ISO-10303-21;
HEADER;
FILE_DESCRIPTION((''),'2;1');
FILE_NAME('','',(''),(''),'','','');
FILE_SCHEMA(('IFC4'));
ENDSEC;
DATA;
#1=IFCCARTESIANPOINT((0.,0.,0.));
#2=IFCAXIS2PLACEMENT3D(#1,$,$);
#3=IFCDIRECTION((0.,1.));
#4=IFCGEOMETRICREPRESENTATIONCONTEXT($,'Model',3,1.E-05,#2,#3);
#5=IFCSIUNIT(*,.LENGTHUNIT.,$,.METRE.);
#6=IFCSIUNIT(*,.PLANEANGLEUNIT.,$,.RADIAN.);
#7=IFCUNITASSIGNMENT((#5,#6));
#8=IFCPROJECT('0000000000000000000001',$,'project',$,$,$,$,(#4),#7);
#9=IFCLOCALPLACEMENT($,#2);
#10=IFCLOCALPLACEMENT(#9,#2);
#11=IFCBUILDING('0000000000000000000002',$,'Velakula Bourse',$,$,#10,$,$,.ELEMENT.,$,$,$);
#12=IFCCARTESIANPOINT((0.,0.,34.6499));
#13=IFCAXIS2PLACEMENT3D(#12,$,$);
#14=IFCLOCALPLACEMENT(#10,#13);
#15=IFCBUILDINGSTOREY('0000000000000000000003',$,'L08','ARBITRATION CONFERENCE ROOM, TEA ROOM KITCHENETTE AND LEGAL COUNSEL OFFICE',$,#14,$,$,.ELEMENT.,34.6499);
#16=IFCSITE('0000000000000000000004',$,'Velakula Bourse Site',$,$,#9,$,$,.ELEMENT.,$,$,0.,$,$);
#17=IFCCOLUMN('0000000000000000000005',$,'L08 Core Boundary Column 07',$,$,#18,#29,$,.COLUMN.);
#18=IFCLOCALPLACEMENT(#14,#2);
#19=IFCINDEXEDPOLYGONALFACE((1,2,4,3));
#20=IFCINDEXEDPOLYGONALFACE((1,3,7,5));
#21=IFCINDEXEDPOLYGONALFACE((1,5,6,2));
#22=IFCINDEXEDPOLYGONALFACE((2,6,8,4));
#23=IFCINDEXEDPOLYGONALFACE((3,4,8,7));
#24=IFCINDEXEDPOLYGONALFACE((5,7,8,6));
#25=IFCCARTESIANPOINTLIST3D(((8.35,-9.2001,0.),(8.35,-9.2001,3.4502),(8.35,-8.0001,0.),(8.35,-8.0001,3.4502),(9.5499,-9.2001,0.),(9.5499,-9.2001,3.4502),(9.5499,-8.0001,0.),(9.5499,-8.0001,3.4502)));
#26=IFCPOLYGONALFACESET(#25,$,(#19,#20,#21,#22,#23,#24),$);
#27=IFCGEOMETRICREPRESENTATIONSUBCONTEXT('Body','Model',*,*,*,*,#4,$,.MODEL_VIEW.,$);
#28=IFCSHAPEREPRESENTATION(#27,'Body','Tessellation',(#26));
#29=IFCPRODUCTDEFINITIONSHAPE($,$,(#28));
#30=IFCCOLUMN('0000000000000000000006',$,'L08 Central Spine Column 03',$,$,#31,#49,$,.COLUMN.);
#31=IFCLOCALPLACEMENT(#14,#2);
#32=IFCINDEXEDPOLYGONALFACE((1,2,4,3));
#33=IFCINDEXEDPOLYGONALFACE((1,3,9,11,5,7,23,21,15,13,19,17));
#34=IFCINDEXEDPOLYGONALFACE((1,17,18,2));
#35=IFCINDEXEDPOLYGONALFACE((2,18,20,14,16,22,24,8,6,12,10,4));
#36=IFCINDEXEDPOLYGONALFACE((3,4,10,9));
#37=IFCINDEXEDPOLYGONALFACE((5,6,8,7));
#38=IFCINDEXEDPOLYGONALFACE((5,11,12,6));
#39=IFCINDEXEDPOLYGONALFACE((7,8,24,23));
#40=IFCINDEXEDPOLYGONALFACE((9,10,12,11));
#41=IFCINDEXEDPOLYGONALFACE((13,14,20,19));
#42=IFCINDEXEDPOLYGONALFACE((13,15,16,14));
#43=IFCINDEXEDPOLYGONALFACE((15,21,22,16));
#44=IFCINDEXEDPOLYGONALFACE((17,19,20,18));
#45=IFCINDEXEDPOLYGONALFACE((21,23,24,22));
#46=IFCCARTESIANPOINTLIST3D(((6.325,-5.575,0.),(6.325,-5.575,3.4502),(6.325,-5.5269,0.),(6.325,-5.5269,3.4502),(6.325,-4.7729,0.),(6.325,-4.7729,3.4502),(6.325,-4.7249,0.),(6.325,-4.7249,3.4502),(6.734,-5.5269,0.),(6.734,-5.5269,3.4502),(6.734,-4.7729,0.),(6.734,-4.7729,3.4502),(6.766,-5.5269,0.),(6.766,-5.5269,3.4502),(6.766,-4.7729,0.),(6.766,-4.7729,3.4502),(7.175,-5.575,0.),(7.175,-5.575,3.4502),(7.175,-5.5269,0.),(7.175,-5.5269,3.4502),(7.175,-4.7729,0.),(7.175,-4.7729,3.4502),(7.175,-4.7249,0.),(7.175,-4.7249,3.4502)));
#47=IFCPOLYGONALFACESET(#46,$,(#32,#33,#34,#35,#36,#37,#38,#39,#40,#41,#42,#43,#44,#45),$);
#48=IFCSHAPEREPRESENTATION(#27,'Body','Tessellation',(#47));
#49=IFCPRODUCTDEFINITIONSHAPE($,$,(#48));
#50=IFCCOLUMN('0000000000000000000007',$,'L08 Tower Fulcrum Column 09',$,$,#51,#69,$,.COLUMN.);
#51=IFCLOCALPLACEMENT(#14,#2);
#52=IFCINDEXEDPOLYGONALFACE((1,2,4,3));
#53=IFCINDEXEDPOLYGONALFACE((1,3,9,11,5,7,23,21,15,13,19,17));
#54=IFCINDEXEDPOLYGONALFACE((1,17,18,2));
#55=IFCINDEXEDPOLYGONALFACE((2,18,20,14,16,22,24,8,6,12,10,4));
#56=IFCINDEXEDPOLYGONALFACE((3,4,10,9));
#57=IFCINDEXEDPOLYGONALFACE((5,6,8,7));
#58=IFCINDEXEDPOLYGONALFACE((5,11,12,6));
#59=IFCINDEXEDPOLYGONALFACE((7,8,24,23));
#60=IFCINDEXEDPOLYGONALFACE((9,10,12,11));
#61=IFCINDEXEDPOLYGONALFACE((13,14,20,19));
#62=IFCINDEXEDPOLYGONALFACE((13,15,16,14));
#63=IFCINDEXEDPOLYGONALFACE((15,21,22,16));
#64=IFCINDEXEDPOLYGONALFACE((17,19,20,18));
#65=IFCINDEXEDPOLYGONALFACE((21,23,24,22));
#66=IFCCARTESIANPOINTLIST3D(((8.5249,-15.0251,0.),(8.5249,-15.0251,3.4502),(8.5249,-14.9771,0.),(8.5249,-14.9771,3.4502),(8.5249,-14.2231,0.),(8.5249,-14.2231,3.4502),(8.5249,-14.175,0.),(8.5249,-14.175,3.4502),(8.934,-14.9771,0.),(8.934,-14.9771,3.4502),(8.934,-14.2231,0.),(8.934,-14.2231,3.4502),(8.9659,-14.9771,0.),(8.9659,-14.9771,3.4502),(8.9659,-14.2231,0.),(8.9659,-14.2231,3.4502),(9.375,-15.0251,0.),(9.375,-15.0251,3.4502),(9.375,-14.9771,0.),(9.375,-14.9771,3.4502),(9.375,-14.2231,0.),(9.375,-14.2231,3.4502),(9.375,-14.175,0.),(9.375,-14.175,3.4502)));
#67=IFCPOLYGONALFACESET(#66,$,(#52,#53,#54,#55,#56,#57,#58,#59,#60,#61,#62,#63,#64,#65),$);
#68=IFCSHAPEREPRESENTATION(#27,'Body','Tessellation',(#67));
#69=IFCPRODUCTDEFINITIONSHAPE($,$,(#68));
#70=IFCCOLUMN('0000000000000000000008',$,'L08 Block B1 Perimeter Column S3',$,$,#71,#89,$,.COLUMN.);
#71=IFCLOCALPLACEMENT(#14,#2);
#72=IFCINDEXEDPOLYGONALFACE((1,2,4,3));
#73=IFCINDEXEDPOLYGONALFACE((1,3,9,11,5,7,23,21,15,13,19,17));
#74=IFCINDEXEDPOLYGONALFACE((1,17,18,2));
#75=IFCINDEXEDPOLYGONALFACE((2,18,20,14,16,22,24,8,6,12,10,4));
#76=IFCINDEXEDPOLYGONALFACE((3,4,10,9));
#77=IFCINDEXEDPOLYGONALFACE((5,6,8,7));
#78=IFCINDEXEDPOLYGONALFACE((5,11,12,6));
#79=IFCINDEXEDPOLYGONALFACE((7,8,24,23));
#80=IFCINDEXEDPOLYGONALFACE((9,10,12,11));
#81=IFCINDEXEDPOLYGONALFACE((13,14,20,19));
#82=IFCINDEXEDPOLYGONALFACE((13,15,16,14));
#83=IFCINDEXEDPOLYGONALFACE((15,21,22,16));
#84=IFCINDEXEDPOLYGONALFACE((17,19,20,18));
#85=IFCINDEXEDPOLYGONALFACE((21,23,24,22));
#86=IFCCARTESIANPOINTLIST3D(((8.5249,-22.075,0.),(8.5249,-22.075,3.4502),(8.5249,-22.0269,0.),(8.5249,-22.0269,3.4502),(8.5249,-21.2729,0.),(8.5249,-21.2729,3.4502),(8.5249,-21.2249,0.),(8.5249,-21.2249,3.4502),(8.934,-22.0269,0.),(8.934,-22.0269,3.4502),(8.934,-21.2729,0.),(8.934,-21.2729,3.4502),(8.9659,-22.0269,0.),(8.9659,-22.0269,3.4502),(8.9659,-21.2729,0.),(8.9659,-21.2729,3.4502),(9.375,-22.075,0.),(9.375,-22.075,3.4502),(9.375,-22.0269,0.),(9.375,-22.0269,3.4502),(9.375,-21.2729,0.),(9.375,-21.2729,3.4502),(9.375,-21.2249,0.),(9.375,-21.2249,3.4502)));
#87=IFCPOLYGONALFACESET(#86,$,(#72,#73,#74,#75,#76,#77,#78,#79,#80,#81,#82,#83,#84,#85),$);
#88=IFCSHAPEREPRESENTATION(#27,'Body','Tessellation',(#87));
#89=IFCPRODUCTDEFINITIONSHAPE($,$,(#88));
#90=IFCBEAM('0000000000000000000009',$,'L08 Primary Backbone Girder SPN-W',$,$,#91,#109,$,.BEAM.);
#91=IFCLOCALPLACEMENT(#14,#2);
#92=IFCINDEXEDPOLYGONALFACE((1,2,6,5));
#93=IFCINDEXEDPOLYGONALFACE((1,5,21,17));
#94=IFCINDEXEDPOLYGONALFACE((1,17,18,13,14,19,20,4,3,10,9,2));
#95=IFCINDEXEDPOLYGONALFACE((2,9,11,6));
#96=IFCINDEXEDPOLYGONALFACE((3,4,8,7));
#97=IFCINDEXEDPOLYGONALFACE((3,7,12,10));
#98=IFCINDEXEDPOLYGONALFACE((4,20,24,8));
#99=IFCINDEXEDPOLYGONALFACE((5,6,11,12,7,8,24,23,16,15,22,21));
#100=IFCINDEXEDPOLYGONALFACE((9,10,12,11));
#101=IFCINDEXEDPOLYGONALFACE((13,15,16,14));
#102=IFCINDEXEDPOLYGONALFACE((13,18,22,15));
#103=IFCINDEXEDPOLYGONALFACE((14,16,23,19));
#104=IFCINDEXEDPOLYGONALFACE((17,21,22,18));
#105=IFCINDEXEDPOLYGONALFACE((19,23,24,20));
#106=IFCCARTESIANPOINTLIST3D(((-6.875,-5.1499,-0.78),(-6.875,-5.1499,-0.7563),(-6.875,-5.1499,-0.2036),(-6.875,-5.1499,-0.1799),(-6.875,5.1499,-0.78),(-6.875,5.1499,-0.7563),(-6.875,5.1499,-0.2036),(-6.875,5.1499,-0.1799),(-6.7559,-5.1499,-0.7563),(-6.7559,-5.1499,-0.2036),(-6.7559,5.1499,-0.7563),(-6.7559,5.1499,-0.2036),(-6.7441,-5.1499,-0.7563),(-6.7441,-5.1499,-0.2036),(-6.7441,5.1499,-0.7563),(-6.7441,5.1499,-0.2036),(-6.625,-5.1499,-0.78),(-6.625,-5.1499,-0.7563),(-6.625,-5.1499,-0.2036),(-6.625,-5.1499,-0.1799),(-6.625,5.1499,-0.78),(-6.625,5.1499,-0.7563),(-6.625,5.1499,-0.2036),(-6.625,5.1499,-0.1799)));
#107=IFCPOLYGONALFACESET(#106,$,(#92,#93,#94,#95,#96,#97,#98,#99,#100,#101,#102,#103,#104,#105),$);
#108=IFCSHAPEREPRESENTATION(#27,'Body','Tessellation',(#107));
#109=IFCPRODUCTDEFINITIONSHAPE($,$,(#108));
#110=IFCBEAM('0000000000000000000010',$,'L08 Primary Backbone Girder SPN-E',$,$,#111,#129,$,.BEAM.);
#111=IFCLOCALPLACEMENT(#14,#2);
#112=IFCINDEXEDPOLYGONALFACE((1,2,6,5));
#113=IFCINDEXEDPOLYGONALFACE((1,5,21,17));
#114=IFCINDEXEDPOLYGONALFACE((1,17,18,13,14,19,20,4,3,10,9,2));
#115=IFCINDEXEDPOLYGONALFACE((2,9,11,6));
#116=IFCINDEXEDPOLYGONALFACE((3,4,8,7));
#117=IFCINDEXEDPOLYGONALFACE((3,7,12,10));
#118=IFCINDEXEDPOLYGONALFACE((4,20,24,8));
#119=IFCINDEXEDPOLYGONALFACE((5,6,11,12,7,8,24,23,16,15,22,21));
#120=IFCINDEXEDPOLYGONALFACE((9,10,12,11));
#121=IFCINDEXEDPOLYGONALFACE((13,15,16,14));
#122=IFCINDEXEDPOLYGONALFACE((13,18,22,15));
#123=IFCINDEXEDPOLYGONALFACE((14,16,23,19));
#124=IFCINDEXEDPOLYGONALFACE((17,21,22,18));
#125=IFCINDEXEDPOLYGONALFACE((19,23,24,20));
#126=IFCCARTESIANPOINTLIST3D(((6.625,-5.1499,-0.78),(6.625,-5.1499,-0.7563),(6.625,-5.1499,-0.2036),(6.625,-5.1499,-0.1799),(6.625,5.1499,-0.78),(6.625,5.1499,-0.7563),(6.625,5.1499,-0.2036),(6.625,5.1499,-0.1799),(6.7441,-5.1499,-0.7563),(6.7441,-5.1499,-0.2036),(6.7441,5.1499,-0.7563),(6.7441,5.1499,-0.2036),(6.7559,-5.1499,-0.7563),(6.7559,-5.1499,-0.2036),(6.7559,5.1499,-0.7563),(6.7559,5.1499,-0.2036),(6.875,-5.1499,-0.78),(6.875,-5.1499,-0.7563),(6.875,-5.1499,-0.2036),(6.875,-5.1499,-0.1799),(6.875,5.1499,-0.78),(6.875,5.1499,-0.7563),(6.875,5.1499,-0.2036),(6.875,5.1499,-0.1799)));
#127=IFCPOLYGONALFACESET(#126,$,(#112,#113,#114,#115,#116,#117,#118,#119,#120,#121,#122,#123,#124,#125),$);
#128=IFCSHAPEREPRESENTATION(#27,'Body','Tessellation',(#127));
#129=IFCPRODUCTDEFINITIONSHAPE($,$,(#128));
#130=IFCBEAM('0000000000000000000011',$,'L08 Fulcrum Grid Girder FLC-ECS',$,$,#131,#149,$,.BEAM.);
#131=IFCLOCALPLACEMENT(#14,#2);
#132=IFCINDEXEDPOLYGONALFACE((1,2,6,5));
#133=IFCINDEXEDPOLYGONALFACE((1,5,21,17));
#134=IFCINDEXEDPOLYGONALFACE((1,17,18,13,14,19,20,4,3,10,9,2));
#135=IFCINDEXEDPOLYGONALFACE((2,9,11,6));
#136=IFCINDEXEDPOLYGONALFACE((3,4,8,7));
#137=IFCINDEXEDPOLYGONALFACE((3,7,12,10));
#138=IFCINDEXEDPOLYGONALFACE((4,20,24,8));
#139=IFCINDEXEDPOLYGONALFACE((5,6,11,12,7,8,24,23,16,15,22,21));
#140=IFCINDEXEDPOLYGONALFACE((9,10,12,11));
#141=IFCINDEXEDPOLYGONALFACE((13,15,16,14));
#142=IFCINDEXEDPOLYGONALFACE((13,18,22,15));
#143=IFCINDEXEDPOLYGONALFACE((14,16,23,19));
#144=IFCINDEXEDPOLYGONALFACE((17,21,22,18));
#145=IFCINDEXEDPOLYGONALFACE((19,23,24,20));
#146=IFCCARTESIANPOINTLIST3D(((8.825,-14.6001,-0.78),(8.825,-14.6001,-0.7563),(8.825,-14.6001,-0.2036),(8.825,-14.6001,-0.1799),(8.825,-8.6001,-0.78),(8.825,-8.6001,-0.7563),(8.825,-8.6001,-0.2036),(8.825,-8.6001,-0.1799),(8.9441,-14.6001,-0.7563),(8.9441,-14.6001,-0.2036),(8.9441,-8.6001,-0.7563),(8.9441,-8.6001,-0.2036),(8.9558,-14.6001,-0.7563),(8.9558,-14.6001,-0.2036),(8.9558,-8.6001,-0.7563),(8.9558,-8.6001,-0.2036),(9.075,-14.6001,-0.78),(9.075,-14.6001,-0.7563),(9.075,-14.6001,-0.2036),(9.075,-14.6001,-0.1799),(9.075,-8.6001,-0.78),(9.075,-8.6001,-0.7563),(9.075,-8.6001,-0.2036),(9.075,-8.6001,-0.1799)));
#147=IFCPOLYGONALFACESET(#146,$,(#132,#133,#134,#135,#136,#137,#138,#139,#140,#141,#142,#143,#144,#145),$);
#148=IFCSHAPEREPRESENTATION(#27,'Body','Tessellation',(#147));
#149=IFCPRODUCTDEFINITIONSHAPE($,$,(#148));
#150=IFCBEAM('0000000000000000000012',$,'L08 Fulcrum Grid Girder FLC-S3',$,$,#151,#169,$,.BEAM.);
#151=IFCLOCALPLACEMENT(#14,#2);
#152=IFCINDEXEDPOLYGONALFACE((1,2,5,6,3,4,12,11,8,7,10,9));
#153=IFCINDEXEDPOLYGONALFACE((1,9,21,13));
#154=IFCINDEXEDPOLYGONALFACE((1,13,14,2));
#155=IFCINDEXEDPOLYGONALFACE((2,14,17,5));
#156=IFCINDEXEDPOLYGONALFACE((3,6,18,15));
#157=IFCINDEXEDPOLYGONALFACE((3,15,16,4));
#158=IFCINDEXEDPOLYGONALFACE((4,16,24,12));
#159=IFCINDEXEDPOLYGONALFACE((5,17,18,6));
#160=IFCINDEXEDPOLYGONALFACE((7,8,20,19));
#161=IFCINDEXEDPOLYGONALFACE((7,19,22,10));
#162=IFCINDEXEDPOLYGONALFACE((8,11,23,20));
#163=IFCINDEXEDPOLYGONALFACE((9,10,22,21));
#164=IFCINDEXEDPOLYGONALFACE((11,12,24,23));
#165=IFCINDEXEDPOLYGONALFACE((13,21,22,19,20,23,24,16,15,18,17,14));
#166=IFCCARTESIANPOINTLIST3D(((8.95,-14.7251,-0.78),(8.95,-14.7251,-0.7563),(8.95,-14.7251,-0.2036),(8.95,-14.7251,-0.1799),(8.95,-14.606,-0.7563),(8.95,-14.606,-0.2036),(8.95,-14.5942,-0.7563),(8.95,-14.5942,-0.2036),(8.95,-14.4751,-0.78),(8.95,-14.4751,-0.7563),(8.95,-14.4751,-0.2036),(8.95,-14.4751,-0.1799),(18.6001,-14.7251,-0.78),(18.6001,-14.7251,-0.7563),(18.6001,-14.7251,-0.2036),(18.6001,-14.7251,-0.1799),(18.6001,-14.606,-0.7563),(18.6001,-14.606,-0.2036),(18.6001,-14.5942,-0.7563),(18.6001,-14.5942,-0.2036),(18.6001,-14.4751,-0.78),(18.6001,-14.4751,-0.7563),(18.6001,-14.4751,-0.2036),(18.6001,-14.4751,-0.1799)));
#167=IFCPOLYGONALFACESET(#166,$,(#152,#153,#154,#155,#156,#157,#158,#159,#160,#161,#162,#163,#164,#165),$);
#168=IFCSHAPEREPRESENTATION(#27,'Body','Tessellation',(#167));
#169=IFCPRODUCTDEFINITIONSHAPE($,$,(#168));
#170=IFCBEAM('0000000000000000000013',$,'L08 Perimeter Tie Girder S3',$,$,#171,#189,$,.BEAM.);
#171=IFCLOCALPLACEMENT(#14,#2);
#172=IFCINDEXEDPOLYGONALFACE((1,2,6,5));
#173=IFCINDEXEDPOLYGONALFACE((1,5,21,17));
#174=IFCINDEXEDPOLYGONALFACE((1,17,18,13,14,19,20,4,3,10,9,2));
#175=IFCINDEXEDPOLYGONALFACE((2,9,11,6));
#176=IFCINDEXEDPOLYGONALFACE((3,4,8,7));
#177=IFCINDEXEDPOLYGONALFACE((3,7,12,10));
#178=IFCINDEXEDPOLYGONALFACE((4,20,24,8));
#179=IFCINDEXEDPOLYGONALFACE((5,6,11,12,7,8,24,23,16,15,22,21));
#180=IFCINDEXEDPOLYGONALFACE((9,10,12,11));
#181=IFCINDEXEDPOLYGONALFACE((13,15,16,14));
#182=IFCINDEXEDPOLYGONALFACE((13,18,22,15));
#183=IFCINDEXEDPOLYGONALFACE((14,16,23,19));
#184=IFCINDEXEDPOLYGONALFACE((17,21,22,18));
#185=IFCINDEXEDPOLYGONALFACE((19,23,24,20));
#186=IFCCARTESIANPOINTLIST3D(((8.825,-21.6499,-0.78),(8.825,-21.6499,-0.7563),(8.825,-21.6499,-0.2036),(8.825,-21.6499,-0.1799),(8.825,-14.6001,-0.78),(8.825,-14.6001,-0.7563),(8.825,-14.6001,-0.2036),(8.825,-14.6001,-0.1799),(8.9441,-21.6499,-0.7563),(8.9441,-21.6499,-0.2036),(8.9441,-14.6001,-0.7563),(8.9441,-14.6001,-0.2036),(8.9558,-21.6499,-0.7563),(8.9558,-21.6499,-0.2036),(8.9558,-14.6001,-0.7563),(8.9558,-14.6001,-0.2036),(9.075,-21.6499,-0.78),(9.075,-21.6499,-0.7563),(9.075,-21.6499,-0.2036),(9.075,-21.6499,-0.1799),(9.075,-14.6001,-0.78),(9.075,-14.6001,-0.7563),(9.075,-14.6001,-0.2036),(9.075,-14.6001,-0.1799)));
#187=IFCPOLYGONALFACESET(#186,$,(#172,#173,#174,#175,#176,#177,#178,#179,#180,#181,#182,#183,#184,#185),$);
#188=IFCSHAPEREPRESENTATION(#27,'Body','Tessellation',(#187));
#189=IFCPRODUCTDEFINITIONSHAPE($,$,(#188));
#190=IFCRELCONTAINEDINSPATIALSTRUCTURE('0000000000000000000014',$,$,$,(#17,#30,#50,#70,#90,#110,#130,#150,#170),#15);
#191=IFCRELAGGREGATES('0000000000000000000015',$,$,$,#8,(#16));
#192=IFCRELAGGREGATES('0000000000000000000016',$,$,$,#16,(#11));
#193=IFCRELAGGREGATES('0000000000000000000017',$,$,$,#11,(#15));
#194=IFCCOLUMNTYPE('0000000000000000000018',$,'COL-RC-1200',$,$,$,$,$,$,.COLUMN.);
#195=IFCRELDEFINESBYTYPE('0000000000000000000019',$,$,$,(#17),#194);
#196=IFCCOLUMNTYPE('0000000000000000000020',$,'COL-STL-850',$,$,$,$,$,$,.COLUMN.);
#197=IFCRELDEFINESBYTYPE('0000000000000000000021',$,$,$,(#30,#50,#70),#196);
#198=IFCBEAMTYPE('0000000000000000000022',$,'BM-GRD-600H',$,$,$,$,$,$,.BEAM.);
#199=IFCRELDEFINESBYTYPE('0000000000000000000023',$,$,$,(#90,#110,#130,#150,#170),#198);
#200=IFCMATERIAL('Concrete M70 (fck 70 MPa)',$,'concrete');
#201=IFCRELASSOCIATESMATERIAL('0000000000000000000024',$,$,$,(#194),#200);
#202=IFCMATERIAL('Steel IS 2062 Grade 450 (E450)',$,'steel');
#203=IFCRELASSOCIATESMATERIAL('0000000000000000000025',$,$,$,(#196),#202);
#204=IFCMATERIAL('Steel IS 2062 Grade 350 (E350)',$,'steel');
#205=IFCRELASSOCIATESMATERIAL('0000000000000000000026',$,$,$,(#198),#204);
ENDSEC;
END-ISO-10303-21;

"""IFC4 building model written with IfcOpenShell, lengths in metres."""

from ifc_helpers import new_model, si_unit, direction, frame, origin, origin_2d, place, context, subcontext, project, spatial, rectangle, i_section, extrude, material, material_profile, profile_set, type_object, element, save


model = new_model("IFC4")

# Units and contexts
model_context = context("Model", 3, precision=1e-05, world=origin(), true_north=direction((0.0, 1.0)))
body_context = subcontext(model_context, "Body", "Model", "MODEL_VIEW")
ifc_project = project(units=[si_unit("LENGTHUNIT", "METRE"), si_unit("PLANEANGLEUNIT", "RADIAN")], contexts=[model_context])

# Site, building, storey
site_placement = place(None, origin())
site = spatial("IfcSite", under=ifc_project, at=site_placement, Name="Velakula Bourse Site", CompositionType="ELEMENT", RefElevation=0.0)
building_placement = place(site_placement, origin())
building = spatial("IfcBuilding", under=site, at=building_placement, Name="Velakula Bourse", CompositionType="ELEMENT")
storey_placement = place(building_placement, frame((0.0, 0.0, 34.6499)))
storey = spatial("IfcBuildingStorey", under=building, at=storey_placement, Name="L08", Description="ARBITRATION CONFERENCE ROOM, TEA ROOM KITCHENETTE AND LEGAL COUNSEL OFFICE", CompositionType="ELEMENT", Elevation=34.6499)

# Columns
ifc_material_1 = material(Name="Concrete M70 (fck 70 MPa)", Category="concrete")
ifc_material_profile_1 = material_profile(ifc_material_1, rectangle(XDim=1.2, YDim=1.2, at=origin_2d()), Name="Concrete M70 (fck 70 MPa)")
ifc_profile_set_1 = profile_set([ifc_material_profile_1], Name="Concrete M70 (fck 70 MPa)")
column_type_1 = type_object("IfcColumnType", Name="COL-RC-1200", PredefinedType="COLUMN", material=ifc_profile_set_1)
column_placement = place(storey_placement, frame((8.95, -8.6001, 0.0), z_axis=(0.0, 0.0, 1.0), x_axis=(1.0, 0.0, 0.0)))
element("IfcColumn", 1, at=column_placement, inside=storey, type_object=column_type_1, Name="L08 Core Boundary Column 07", PredefinedType="COLUMN", context=body_context, shape_type="SweptSolid", body=[
    extrude(rectangle(XDim=1.2, YDim=1.2, at=origin_2d()), origin(), (0.0, 0.0, 1.0), 3.4502),
])
ifc_material_2 = material(Name="Steel IS 2062 Grade 450 (E450)", Category="steel")
ifc_material_profile_2 = material_profile(ifc_material_2, i_section(OverallWidth=0.8501, OverallDepth=0.8501, WebThickness=0.032, FlangeThickness=0.0481, at=origin_2d()), Name="Steel IS 2062 Grade 450 (E450)")
ifc_profile_set_2 = profile_set([ifc_material_profile_2], Name="Steel IS 2062 Grade 450 (E450)")
column_type_2 = type_object("IfcColumnType", Name="COL-STL-850", PredefinedType="COLUMN", material=ifc_profile_set_2)
for number, where, z_axis, x_axis, name in (
    (2, (6.75, -5.1499, 0.0), (0.0, 0.0, 1.0), (1.0, 0.0, 0.0), "L08 Central Spine Column 03"),
    (3, (8.95, -14.6001, 0.0), (0.0, 0.0, 1.0), (1.0, 0.0, 0.0), "L08 Tower Fulcrum Column 09"),
    (4, (8.95, -21.6499, 0.0), (0.0, 0.0, 1.0), (1.0, 0.0, 0.0), "L08 Block B1 Perimeter Column S3"),
):
    element("IfcColumn", number, at=place(storey_placement, frame(where, z_axis=z_axis, x_axis=x_axis)), inside=storey, type_object=column_type_2, Name=name, PredefinedType="COLUMN", context=body_context, shape_type="SweptSolid", body=[
        extrude(i_section(OverallWidth=0.8501, OverallDepth=0.8501, WebThickness=0.032, FlangeThickness=0.0481, at=origin_2d()), origin(), (0.0, 0.0, 1.0), 3.4502),
    ])

# Beams
ifc_material_3 = material(Name="Steel IS 2062 Grade 350 (E350)", Category="steel")
ifc_material_profile_3 = material_profile(ifc_material_3, i_section(OverallWidth=0.25, OverallDepth=0.6001, WebThickness=0.0117, FlangeThickness=0.0237, at=origin_2d()), Name="Steel IS 2062 Grade 350 (E350)")
ifc_profile_set_3 = profile_set([ifc_material_profile_3], Name="Steel IS 2062 Grade 350 (E350)")
beam_type_1 = type_object("IfcBeamType", Name="BM-GRD-600H", PredefinedType="BEAM", material=ifc_profile_set_3)
for number, where, z_axis, x_axis, name in (
    (5, (-6.75, -5.1499, -0.48), (0.0, 1.0, 0.0), (-1.0, 0.0, 0.0), "L08 Primary Backbone Girder SPN-W"),
    (6, (6.75, -5.1499, -0.48), (0.0, 1.0, 0.0), (-1.0, 0.0, 0.0), "L08 Primary Backbone Girder SPN-E"),
):
    element("IfcBeam", number, at=place(storey_placement, frame(where, z_axis=z_axis, x_axis=x_axis)), inside=storey, type_object=beam_type_1, Name=name, PredefinedType="BEAM", context=body_context, shape_type="SweptSolid", body=[
        extrude(i_section(OverallWidth=0.25, OverallDepth=0.6001, WebThickness=0.0117, FlangeThickness=0.0237, at=origin_2d()), origin(), (0.0, 0.0, 1.0), 10.2998),
    ])
beam_1_placement = place(storey_placement, frame((8.95, -14.6001, -0.48), z_axis=(0.0, 1.0, 0.0), x_axis=(-1.0, 0.0, 0.0)))
element("IfcBeam", 7, at=beam_1_placement, inside=storey, type_object=beam_type_1, Name="L08 Fulcrum Grid Girder FLC-ECS", PredefinedType="BEAM", context=body_context, shape_type="SweptSolid", body=[
    extrude(i_section(OverallWidth=0.25, OverallDepth=0.6001, WebThickness=0.0117, FlangeThickness=0.0237, at=origin_2d()), origin(), (0.0, 0.0, 1.0), 6.0),
])
beam_2_placement = place(storey_placement, frame((8.95, -14.6001, -0.48), z_axis=(1.0, 0.0, 0.0), x_axis=(0.0, 1.0, 0.0)))
element("IfcBeam", 8, at=beam_2_placement, inside=storey, type_object=beam_type_1, Name="L08 Fulcrum Grid Girder FLC-S3", PredefinedType="BEAM", context=body_context, shape_type="SweptSolid", body=[
    extrude(i_section(OverallWidth=0.25, OverallDepth=0.6001, WebThickness=0.0117, FlangeThickness=0.0237, at=origin_2d()), origin(), (0.0, 0.0, 1.0), 9.6501),
])
beam_3_placement = place(storey_placement, frame((8.95, -14.6001, -0.48), z_axis=(0.0, -1.0, 0.0), x_axis=(1.0, 0.0, 0.0)))
element("IfcBeam", 9, at=beam_3_placement, inside=storey, type_object=beam_type_1, Name="L08 Perimeter Tie Girder S3", PredefinedType="BEAM", context=body_context, shape_type="SweptSolid", body=[
    extrude(i_section(OverallWidth=0.25, OverallDepth=0.6001, WebThickness=0.0117, FlangeThickness=0.0237, at=origin_2d()), origin(), (0.0, 0.0, 1.0), 7.0498),
])

save(model, "model.ifc")
